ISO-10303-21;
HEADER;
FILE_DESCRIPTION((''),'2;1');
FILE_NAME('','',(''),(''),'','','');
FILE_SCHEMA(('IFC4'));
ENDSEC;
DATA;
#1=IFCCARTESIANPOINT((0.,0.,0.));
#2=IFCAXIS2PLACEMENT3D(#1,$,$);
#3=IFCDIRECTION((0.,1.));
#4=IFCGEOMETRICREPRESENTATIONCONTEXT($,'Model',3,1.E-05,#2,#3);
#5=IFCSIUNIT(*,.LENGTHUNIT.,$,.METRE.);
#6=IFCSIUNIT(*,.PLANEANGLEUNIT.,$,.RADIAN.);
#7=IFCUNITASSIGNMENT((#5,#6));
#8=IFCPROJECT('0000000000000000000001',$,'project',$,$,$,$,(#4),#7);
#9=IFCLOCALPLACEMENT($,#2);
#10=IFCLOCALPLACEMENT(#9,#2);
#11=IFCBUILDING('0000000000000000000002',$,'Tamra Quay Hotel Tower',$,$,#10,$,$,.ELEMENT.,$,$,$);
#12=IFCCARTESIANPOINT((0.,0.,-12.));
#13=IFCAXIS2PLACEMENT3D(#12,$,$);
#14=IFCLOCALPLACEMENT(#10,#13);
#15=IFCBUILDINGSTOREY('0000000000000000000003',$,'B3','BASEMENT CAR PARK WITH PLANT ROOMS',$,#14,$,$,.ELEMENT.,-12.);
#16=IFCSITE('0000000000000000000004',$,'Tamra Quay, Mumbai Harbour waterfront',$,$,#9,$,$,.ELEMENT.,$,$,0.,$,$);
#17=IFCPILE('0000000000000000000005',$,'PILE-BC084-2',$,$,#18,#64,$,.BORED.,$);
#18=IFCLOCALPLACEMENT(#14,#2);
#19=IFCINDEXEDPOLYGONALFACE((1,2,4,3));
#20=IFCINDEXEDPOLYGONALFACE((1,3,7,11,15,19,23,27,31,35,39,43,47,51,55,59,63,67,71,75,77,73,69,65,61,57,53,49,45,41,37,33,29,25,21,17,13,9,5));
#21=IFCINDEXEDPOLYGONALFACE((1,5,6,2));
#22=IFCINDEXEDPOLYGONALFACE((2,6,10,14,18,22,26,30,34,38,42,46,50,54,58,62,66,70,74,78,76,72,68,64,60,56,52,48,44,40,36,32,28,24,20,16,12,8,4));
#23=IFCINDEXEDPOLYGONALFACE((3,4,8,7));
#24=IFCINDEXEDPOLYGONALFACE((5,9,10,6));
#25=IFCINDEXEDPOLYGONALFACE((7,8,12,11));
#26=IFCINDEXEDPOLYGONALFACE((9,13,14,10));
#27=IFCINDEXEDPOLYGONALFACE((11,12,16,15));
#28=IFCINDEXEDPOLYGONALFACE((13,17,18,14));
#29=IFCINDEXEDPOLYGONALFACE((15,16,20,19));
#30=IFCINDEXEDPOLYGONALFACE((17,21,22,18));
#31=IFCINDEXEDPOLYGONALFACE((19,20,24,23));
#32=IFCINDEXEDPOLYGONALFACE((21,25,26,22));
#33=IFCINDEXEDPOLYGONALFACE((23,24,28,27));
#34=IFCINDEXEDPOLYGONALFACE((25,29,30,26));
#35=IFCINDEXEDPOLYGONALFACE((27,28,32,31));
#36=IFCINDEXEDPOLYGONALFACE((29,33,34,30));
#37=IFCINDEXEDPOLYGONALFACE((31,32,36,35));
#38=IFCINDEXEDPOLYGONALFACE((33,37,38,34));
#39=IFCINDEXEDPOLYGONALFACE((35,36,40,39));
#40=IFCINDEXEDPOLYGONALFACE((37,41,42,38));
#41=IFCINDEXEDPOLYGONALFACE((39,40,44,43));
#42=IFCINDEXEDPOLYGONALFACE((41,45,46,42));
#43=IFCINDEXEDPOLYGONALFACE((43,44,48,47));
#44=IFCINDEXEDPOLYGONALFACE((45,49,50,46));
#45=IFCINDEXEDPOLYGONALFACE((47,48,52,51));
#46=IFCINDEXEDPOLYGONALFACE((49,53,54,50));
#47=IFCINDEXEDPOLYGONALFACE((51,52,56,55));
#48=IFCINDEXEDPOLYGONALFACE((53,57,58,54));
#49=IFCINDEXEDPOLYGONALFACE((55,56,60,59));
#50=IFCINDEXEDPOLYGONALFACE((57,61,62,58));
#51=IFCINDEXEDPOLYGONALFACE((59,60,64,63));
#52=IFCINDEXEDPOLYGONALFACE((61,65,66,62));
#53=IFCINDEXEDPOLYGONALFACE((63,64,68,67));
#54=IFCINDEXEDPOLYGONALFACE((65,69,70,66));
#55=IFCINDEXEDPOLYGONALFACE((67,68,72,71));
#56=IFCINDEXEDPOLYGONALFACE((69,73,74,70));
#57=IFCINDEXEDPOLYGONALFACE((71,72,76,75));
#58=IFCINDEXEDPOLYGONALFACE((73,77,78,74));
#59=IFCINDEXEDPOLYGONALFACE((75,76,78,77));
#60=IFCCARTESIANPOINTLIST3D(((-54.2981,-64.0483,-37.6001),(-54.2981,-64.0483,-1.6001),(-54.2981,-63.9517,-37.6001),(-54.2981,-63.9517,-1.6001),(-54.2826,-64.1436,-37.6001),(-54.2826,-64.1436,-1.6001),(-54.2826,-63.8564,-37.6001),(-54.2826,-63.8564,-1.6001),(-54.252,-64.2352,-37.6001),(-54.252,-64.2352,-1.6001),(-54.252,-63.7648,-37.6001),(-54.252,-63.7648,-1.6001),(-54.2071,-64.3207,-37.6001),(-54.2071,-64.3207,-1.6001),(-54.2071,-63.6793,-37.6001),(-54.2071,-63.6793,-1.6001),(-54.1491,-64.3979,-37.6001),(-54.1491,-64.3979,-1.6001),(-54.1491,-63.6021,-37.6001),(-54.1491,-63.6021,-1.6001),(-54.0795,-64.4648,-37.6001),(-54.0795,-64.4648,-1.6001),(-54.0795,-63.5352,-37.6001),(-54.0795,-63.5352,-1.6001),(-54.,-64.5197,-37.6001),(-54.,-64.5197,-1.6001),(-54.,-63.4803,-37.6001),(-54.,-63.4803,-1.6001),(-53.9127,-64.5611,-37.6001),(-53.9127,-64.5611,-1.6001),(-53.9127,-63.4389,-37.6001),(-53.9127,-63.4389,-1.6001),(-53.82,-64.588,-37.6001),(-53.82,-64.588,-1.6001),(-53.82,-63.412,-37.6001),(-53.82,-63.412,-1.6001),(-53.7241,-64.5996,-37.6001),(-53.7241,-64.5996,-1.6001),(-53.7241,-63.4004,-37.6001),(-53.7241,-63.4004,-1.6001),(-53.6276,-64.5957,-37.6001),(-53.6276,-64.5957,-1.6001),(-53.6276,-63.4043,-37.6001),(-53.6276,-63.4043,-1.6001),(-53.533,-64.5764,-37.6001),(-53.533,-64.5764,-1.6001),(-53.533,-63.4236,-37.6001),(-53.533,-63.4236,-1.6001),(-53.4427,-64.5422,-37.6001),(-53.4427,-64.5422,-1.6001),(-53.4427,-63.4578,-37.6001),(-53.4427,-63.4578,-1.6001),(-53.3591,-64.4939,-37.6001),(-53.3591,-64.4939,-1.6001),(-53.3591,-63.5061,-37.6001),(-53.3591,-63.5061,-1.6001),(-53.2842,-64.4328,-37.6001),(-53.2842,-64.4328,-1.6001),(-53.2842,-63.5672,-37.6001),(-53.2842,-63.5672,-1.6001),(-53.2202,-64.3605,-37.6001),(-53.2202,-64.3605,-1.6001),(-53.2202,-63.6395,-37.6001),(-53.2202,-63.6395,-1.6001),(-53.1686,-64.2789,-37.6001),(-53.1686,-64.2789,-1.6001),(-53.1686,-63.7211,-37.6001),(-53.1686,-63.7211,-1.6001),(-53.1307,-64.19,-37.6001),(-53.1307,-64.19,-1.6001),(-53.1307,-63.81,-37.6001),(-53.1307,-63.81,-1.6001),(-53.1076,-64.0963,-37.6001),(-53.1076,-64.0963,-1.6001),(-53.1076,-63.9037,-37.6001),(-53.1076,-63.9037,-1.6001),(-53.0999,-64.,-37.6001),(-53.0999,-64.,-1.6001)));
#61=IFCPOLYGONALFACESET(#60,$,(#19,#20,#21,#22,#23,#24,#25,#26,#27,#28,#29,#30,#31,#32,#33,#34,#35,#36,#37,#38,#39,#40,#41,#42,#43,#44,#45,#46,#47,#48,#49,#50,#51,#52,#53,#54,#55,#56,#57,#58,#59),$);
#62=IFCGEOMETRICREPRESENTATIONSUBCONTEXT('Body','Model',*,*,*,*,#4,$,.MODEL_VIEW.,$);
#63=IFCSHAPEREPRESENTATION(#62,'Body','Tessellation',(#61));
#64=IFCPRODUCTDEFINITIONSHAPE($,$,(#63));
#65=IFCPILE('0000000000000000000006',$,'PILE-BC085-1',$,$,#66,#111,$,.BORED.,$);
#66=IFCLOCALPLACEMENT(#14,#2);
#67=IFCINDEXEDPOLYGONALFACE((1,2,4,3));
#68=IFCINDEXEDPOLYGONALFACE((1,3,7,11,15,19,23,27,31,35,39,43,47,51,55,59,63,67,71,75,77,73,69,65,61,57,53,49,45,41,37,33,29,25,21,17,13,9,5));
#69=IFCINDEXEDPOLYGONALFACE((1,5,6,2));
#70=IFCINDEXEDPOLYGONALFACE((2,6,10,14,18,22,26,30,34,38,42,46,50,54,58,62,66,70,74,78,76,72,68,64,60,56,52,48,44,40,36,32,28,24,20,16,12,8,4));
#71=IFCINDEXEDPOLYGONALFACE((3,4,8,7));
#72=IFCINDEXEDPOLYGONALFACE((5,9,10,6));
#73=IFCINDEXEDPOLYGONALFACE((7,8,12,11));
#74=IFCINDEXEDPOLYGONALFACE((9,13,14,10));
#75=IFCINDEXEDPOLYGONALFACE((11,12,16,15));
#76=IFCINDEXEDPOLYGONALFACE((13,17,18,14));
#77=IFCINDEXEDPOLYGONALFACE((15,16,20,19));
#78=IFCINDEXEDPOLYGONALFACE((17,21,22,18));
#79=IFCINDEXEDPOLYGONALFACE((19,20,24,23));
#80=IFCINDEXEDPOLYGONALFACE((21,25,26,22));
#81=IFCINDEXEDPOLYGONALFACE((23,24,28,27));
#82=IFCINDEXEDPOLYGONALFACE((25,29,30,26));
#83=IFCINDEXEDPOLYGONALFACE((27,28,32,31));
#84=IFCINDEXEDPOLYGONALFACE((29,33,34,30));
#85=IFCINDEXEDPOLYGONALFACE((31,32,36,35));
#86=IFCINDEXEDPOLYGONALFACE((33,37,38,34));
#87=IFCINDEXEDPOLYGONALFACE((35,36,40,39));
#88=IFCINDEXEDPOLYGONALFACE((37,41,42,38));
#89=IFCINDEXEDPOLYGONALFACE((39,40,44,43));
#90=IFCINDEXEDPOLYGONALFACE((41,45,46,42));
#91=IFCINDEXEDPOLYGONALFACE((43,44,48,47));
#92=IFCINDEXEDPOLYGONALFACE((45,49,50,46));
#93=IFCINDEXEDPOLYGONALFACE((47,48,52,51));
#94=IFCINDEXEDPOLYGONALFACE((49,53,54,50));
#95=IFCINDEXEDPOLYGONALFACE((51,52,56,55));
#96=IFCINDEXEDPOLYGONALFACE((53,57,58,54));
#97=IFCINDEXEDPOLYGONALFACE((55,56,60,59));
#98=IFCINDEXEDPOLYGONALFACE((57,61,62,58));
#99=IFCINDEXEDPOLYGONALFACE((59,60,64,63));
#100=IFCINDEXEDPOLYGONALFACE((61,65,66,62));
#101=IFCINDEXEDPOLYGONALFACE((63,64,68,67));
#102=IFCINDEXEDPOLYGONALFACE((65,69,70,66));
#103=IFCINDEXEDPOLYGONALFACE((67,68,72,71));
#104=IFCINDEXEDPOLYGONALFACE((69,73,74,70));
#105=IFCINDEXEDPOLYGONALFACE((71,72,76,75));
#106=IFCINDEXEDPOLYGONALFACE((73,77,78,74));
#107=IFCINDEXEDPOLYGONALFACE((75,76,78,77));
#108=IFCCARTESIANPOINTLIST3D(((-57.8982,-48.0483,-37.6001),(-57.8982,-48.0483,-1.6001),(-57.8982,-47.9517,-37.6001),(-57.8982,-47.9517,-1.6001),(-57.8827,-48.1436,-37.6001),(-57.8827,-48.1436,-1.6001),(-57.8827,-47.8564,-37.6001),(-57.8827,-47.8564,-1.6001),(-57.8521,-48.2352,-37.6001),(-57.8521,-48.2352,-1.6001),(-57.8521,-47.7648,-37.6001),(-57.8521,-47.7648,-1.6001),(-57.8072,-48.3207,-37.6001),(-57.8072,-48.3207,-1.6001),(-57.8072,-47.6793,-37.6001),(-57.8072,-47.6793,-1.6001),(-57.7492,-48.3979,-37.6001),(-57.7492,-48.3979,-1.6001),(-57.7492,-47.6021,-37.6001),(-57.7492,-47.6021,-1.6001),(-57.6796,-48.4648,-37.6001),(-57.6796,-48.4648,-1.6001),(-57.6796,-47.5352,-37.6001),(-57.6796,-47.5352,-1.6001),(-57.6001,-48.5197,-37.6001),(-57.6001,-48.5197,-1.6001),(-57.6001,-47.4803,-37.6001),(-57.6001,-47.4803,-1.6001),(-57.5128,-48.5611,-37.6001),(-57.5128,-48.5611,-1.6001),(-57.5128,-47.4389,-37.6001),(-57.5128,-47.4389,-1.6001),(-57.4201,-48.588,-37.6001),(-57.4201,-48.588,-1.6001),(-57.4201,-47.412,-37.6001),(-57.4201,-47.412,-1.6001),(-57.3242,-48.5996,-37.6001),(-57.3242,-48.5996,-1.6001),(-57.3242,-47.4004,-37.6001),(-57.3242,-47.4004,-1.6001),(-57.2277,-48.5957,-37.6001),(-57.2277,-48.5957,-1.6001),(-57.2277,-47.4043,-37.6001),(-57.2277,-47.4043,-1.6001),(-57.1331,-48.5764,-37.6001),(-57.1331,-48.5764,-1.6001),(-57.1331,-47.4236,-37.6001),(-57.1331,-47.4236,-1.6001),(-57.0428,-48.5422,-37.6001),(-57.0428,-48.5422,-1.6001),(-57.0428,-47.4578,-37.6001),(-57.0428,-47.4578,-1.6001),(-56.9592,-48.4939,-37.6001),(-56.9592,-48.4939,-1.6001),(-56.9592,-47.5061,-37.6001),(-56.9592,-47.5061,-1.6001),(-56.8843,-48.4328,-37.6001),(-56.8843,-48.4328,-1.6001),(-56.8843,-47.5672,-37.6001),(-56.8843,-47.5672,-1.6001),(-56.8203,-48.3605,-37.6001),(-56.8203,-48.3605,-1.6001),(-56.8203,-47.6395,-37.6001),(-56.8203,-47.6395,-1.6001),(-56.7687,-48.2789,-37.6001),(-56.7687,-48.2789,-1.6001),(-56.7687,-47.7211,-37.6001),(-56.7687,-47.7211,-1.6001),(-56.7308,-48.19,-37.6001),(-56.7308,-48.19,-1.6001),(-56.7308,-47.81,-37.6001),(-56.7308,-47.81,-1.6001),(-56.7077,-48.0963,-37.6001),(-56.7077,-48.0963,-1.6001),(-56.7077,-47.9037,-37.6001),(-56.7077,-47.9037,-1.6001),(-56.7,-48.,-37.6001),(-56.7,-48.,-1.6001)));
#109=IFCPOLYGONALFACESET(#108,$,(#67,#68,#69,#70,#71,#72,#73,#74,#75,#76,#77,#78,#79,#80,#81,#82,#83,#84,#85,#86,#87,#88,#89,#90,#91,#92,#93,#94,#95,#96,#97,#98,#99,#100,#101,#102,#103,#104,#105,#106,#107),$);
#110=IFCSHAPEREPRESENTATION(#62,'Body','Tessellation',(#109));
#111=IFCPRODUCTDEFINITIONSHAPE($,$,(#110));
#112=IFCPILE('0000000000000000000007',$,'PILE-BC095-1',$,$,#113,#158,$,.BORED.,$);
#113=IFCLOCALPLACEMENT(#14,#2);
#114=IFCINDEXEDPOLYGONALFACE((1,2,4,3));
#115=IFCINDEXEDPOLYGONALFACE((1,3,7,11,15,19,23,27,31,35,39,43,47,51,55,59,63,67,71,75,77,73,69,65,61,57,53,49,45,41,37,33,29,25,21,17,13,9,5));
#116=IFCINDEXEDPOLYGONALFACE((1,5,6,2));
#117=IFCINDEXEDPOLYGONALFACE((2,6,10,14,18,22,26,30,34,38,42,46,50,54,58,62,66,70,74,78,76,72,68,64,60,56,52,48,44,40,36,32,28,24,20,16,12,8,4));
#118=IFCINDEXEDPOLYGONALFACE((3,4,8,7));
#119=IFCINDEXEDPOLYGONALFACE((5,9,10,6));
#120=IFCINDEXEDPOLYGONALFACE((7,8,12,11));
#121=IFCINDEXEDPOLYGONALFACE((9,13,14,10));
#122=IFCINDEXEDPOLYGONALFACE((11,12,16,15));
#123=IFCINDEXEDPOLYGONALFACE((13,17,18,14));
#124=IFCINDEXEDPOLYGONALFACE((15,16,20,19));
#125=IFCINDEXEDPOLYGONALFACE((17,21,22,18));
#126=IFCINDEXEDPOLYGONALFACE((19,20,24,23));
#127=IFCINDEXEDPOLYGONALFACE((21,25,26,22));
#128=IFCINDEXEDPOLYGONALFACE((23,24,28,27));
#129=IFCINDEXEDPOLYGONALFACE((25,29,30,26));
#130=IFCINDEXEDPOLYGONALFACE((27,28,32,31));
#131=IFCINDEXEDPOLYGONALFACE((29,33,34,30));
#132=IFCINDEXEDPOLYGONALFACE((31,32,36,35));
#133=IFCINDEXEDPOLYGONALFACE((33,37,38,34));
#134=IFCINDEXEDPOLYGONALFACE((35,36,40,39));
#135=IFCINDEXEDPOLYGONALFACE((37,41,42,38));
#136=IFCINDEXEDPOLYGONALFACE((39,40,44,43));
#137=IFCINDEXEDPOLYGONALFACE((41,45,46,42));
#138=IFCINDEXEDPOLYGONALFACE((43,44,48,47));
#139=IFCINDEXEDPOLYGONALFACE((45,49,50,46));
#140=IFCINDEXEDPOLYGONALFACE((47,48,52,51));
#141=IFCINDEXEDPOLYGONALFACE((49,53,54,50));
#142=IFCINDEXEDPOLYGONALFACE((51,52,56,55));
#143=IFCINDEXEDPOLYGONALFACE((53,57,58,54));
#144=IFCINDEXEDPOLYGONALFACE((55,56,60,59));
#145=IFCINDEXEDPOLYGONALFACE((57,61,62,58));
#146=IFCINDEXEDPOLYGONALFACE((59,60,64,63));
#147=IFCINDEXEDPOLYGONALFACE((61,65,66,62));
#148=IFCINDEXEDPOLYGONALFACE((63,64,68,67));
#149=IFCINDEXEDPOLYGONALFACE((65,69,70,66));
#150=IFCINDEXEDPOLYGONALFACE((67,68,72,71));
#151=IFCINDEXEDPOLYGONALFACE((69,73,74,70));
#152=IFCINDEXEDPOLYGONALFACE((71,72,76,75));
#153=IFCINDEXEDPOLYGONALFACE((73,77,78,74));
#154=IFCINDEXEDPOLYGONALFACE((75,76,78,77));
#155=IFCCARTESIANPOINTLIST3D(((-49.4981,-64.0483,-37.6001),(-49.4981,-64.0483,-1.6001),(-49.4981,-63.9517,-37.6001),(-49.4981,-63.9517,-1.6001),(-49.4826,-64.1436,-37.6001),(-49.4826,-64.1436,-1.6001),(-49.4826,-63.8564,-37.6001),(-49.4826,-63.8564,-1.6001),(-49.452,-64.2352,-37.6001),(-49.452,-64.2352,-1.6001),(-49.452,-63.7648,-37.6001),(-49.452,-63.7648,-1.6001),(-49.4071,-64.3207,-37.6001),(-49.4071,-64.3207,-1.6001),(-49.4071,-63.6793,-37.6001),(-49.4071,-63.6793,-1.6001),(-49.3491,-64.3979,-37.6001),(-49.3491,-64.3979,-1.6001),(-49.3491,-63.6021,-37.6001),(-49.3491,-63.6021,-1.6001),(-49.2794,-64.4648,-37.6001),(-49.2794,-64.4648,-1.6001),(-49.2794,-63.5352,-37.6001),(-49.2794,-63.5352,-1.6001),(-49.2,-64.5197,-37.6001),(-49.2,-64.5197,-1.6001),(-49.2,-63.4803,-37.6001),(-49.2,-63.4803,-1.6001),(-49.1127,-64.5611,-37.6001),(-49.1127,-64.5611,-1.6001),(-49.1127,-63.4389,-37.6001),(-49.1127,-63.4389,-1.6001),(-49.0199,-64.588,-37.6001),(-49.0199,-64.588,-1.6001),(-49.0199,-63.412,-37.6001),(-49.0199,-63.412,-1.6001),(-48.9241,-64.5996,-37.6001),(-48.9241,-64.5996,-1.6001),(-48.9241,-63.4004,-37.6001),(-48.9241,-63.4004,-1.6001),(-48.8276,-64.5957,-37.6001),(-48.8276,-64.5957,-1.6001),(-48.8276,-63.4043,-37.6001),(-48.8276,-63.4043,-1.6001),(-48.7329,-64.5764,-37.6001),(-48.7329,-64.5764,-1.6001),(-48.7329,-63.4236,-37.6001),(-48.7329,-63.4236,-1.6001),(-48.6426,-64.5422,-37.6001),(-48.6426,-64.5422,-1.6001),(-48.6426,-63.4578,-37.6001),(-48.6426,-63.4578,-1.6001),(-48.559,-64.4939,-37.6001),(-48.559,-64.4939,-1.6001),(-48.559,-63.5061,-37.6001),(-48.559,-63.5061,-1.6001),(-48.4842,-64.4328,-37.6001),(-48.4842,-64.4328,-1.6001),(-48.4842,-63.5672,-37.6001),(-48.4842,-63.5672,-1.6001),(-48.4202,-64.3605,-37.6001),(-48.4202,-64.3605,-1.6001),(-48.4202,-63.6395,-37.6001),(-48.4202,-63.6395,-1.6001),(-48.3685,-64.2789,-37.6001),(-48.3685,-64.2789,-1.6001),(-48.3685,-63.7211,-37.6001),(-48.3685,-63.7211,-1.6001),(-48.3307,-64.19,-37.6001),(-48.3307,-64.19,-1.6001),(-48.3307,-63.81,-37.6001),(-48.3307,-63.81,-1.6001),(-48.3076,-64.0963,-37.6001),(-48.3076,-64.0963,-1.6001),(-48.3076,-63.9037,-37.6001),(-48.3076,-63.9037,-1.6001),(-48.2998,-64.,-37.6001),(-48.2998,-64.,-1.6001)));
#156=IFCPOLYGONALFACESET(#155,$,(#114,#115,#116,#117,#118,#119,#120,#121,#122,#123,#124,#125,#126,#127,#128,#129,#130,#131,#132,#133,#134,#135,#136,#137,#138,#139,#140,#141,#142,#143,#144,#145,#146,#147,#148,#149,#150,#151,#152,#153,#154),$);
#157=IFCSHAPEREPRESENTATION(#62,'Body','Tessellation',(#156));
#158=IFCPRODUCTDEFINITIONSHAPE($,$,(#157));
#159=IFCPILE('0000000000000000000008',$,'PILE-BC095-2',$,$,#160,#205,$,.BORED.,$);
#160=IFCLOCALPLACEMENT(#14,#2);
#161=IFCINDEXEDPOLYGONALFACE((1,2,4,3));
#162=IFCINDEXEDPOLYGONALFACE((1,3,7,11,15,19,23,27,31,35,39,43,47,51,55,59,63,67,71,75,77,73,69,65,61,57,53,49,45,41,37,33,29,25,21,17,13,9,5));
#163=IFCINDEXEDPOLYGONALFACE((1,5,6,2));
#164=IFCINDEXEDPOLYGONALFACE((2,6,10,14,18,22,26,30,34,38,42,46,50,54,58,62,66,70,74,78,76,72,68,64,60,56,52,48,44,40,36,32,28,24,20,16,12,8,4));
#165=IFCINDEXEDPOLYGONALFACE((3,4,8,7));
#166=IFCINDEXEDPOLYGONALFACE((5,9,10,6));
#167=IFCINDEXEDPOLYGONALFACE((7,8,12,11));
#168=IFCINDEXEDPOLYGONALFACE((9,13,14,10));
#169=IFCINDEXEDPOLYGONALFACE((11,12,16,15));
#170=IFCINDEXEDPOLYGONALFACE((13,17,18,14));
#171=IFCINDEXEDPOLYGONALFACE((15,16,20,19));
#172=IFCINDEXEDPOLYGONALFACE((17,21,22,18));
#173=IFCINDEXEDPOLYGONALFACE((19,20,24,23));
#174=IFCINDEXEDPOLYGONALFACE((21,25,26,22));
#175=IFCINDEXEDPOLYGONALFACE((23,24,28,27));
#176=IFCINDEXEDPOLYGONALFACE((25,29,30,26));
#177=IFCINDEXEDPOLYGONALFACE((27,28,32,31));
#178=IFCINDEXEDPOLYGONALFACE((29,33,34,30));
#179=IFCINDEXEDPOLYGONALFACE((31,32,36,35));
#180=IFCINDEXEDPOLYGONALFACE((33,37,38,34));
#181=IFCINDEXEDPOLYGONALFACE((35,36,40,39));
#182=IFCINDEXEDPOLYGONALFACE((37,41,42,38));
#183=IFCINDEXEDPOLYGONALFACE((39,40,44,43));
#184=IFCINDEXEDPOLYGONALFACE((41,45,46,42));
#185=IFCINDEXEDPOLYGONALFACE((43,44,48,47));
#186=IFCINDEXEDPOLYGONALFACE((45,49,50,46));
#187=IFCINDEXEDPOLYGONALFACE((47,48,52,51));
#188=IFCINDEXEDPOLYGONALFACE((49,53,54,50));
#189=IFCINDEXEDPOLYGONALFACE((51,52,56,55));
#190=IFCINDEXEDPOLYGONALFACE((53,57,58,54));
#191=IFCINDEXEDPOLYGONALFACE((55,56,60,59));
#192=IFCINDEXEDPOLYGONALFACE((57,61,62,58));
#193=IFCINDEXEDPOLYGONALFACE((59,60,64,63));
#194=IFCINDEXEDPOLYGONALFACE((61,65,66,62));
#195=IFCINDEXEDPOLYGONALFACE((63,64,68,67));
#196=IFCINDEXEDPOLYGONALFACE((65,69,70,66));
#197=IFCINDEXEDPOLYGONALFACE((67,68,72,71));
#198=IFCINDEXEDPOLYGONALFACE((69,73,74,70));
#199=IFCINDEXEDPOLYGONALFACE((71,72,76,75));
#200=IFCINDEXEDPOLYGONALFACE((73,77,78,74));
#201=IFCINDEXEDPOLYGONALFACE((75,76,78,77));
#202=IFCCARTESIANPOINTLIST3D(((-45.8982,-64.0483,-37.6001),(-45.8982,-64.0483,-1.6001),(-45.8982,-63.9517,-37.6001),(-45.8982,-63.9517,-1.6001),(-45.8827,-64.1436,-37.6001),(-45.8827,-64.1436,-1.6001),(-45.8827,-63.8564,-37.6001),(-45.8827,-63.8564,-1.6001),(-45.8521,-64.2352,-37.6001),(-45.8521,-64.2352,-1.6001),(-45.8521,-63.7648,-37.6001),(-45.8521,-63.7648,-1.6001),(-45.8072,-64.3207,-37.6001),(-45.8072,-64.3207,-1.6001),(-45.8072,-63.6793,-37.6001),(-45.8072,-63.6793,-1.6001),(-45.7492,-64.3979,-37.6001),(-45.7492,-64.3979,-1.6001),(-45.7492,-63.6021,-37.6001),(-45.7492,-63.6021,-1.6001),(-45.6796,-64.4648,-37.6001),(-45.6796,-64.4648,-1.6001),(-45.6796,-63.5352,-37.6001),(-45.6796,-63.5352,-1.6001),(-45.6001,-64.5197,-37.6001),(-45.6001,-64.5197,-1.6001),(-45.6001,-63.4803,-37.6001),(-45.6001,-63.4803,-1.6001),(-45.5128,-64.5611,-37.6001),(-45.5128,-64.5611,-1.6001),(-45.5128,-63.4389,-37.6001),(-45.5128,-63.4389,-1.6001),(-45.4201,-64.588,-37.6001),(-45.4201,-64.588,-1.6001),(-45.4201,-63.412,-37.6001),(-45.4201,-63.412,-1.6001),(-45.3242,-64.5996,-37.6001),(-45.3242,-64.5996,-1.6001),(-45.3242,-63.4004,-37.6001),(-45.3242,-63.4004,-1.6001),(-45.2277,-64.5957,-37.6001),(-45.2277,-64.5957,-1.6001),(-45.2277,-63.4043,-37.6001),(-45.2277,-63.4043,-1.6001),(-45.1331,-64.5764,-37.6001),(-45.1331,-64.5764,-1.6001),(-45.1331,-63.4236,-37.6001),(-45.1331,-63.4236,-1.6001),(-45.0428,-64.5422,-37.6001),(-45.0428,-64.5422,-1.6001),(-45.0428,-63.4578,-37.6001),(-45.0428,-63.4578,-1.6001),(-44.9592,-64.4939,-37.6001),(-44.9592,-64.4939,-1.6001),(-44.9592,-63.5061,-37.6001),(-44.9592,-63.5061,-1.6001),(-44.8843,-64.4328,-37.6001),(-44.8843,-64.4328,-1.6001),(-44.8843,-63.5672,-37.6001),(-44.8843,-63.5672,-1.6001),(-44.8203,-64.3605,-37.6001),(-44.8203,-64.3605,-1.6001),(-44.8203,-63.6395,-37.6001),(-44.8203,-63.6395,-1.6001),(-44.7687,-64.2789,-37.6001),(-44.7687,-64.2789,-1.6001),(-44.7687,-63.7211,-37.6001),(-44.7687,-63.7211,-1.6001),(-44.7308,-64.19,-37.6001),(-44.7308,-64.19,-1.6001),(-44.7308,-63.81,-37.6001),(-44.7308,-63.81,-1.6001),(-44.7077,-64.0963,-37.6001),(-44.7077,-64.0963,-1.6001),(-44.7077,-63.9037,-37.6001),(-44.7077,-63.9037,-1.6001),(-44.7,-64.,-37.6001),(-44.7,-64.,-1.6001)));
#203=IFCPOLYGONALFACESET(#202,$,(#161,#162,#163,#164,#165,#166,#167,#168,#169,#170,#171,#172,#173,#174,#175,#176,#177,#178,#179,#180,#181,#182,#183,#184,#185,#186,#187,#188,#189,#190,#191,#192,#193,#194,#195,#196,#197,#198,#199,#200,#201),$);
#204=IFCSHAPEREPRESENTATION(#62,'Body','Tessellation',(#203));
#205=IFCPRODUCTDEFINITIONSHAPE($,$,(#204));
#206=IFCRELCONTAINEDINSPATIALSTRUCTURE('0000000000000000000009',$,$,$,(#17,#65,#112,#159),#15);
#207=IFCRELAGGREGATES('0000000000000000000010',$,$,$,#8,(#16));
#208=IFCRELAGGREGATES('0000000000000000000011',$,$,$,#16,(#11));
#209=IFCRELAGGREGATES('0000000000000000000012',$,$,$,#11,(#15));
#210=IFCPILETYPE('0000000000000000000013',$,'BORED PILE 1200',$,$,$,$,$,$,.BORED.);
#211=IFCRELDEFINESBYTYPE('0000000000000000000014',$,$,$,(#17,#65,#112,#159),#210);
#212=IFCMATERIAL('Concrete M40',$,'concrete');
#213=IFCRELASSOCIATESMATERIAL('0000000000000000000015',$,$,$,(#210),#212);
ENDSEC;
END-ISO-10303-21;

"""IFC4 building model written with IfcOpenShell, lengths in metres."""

from ifc_helpers import new_model, si_unit, direction, frame, origin, origin_2d, place, context, subcontext, project, spatial, circle, extrude, material, material_profile, profile_set, type_object, element, save


model = new_model("IFC4")

# Units and contexts
model_context = context("Model", 3, precision=1e-05, world=origin(), true_north=direction((0.0, 1.0)))
body_context = subcontext(model_context, "Body", "Model", "MODEL_VIEW")
ifc_project = project(units=[si_unit("LENGTHUNIT", "METRE"), si_unit("PLANEANGLEUNIT", "RADIAN")], contexts=[model_context])

# Site, building, storey
site_placement = place(None, origin())
site = spatial("IfcSite", under=ifc_project, at=site_placement, Name="Tamra Quay, Mumbai Harbour waterfront", CompositionType="ELEMENT", RefElevation=0.0)
building_placement = place(site_placement, origin())
building = spatial("IfcBuilding", under=site, at=building_placement, Name="Tamra Quay Hotel Tower", CompositionType="ELEMENT")
storey_placement = place(building_placement, frame((0.0, 0.0, -12.0)))
storey = spatial("IfcBuildingStorey", under=building, at=storey_placement, Name="B3", Description="BASEMENT CAR PARK WITH PLANT ROOMS", CompositionType="ELEMENT", Elevation=-12.0)

# Piles
ifc_material_1 = material(Name="Concrete M40", Category="concrete")
ifc_material_profile_1 = material_profile(ifc_material_1, circle(Radius=0.6001, at=origin_2d()), Name="BORED PILE 1200")
ifc_profile_set_1 = profile_set([ifc_material_profile_1], Name="Concrete M40")
pile_type = type_object("IfcPileType", Name="BORED PILE 1200", PredefinedType="BORED", material=ifc_profile_set_1)
for number, where, z_axis, x_axis, name in (
    (1, (-53.7, -64.0, -1.6001), (0.0, 0.0, -1.0), (1.0, 0.0, 0.0), "PILE-BC084-2"),
    (2, (-57.3, -48.0, -1.6001), (0.0, 0.0, -1.0), (1.0, 0.0, 0.0), "PILE-BC085-1"),
    (3, (-48.8999, -64.0, -1.6001), (0.0, 0.0, -1.0), (1.0, 0.0, 0.0), "PILE-BC095-1"),
    (4, (-45.3, -64.0, -1.6001), (0.0, 0.0, -1.0), (1.0, 0.0, 0.0), "PILE-BC095-2"),
):
    element("IfcPile", number, at=place(storey_placement, frame(where, z_axis=z_axis, x_axis=x_axis)), inside=storey, type_object=pile_type, Name=name, PredefinedType="BORED", context=body_context, shape_type="SweptSolid", body=[
        extrude(circle(Radius=0.6001, at=origin_2d()), origin(), (0.0, 0.0, 1.0), 36.0),
    ])

save(model, "model.ifc")
